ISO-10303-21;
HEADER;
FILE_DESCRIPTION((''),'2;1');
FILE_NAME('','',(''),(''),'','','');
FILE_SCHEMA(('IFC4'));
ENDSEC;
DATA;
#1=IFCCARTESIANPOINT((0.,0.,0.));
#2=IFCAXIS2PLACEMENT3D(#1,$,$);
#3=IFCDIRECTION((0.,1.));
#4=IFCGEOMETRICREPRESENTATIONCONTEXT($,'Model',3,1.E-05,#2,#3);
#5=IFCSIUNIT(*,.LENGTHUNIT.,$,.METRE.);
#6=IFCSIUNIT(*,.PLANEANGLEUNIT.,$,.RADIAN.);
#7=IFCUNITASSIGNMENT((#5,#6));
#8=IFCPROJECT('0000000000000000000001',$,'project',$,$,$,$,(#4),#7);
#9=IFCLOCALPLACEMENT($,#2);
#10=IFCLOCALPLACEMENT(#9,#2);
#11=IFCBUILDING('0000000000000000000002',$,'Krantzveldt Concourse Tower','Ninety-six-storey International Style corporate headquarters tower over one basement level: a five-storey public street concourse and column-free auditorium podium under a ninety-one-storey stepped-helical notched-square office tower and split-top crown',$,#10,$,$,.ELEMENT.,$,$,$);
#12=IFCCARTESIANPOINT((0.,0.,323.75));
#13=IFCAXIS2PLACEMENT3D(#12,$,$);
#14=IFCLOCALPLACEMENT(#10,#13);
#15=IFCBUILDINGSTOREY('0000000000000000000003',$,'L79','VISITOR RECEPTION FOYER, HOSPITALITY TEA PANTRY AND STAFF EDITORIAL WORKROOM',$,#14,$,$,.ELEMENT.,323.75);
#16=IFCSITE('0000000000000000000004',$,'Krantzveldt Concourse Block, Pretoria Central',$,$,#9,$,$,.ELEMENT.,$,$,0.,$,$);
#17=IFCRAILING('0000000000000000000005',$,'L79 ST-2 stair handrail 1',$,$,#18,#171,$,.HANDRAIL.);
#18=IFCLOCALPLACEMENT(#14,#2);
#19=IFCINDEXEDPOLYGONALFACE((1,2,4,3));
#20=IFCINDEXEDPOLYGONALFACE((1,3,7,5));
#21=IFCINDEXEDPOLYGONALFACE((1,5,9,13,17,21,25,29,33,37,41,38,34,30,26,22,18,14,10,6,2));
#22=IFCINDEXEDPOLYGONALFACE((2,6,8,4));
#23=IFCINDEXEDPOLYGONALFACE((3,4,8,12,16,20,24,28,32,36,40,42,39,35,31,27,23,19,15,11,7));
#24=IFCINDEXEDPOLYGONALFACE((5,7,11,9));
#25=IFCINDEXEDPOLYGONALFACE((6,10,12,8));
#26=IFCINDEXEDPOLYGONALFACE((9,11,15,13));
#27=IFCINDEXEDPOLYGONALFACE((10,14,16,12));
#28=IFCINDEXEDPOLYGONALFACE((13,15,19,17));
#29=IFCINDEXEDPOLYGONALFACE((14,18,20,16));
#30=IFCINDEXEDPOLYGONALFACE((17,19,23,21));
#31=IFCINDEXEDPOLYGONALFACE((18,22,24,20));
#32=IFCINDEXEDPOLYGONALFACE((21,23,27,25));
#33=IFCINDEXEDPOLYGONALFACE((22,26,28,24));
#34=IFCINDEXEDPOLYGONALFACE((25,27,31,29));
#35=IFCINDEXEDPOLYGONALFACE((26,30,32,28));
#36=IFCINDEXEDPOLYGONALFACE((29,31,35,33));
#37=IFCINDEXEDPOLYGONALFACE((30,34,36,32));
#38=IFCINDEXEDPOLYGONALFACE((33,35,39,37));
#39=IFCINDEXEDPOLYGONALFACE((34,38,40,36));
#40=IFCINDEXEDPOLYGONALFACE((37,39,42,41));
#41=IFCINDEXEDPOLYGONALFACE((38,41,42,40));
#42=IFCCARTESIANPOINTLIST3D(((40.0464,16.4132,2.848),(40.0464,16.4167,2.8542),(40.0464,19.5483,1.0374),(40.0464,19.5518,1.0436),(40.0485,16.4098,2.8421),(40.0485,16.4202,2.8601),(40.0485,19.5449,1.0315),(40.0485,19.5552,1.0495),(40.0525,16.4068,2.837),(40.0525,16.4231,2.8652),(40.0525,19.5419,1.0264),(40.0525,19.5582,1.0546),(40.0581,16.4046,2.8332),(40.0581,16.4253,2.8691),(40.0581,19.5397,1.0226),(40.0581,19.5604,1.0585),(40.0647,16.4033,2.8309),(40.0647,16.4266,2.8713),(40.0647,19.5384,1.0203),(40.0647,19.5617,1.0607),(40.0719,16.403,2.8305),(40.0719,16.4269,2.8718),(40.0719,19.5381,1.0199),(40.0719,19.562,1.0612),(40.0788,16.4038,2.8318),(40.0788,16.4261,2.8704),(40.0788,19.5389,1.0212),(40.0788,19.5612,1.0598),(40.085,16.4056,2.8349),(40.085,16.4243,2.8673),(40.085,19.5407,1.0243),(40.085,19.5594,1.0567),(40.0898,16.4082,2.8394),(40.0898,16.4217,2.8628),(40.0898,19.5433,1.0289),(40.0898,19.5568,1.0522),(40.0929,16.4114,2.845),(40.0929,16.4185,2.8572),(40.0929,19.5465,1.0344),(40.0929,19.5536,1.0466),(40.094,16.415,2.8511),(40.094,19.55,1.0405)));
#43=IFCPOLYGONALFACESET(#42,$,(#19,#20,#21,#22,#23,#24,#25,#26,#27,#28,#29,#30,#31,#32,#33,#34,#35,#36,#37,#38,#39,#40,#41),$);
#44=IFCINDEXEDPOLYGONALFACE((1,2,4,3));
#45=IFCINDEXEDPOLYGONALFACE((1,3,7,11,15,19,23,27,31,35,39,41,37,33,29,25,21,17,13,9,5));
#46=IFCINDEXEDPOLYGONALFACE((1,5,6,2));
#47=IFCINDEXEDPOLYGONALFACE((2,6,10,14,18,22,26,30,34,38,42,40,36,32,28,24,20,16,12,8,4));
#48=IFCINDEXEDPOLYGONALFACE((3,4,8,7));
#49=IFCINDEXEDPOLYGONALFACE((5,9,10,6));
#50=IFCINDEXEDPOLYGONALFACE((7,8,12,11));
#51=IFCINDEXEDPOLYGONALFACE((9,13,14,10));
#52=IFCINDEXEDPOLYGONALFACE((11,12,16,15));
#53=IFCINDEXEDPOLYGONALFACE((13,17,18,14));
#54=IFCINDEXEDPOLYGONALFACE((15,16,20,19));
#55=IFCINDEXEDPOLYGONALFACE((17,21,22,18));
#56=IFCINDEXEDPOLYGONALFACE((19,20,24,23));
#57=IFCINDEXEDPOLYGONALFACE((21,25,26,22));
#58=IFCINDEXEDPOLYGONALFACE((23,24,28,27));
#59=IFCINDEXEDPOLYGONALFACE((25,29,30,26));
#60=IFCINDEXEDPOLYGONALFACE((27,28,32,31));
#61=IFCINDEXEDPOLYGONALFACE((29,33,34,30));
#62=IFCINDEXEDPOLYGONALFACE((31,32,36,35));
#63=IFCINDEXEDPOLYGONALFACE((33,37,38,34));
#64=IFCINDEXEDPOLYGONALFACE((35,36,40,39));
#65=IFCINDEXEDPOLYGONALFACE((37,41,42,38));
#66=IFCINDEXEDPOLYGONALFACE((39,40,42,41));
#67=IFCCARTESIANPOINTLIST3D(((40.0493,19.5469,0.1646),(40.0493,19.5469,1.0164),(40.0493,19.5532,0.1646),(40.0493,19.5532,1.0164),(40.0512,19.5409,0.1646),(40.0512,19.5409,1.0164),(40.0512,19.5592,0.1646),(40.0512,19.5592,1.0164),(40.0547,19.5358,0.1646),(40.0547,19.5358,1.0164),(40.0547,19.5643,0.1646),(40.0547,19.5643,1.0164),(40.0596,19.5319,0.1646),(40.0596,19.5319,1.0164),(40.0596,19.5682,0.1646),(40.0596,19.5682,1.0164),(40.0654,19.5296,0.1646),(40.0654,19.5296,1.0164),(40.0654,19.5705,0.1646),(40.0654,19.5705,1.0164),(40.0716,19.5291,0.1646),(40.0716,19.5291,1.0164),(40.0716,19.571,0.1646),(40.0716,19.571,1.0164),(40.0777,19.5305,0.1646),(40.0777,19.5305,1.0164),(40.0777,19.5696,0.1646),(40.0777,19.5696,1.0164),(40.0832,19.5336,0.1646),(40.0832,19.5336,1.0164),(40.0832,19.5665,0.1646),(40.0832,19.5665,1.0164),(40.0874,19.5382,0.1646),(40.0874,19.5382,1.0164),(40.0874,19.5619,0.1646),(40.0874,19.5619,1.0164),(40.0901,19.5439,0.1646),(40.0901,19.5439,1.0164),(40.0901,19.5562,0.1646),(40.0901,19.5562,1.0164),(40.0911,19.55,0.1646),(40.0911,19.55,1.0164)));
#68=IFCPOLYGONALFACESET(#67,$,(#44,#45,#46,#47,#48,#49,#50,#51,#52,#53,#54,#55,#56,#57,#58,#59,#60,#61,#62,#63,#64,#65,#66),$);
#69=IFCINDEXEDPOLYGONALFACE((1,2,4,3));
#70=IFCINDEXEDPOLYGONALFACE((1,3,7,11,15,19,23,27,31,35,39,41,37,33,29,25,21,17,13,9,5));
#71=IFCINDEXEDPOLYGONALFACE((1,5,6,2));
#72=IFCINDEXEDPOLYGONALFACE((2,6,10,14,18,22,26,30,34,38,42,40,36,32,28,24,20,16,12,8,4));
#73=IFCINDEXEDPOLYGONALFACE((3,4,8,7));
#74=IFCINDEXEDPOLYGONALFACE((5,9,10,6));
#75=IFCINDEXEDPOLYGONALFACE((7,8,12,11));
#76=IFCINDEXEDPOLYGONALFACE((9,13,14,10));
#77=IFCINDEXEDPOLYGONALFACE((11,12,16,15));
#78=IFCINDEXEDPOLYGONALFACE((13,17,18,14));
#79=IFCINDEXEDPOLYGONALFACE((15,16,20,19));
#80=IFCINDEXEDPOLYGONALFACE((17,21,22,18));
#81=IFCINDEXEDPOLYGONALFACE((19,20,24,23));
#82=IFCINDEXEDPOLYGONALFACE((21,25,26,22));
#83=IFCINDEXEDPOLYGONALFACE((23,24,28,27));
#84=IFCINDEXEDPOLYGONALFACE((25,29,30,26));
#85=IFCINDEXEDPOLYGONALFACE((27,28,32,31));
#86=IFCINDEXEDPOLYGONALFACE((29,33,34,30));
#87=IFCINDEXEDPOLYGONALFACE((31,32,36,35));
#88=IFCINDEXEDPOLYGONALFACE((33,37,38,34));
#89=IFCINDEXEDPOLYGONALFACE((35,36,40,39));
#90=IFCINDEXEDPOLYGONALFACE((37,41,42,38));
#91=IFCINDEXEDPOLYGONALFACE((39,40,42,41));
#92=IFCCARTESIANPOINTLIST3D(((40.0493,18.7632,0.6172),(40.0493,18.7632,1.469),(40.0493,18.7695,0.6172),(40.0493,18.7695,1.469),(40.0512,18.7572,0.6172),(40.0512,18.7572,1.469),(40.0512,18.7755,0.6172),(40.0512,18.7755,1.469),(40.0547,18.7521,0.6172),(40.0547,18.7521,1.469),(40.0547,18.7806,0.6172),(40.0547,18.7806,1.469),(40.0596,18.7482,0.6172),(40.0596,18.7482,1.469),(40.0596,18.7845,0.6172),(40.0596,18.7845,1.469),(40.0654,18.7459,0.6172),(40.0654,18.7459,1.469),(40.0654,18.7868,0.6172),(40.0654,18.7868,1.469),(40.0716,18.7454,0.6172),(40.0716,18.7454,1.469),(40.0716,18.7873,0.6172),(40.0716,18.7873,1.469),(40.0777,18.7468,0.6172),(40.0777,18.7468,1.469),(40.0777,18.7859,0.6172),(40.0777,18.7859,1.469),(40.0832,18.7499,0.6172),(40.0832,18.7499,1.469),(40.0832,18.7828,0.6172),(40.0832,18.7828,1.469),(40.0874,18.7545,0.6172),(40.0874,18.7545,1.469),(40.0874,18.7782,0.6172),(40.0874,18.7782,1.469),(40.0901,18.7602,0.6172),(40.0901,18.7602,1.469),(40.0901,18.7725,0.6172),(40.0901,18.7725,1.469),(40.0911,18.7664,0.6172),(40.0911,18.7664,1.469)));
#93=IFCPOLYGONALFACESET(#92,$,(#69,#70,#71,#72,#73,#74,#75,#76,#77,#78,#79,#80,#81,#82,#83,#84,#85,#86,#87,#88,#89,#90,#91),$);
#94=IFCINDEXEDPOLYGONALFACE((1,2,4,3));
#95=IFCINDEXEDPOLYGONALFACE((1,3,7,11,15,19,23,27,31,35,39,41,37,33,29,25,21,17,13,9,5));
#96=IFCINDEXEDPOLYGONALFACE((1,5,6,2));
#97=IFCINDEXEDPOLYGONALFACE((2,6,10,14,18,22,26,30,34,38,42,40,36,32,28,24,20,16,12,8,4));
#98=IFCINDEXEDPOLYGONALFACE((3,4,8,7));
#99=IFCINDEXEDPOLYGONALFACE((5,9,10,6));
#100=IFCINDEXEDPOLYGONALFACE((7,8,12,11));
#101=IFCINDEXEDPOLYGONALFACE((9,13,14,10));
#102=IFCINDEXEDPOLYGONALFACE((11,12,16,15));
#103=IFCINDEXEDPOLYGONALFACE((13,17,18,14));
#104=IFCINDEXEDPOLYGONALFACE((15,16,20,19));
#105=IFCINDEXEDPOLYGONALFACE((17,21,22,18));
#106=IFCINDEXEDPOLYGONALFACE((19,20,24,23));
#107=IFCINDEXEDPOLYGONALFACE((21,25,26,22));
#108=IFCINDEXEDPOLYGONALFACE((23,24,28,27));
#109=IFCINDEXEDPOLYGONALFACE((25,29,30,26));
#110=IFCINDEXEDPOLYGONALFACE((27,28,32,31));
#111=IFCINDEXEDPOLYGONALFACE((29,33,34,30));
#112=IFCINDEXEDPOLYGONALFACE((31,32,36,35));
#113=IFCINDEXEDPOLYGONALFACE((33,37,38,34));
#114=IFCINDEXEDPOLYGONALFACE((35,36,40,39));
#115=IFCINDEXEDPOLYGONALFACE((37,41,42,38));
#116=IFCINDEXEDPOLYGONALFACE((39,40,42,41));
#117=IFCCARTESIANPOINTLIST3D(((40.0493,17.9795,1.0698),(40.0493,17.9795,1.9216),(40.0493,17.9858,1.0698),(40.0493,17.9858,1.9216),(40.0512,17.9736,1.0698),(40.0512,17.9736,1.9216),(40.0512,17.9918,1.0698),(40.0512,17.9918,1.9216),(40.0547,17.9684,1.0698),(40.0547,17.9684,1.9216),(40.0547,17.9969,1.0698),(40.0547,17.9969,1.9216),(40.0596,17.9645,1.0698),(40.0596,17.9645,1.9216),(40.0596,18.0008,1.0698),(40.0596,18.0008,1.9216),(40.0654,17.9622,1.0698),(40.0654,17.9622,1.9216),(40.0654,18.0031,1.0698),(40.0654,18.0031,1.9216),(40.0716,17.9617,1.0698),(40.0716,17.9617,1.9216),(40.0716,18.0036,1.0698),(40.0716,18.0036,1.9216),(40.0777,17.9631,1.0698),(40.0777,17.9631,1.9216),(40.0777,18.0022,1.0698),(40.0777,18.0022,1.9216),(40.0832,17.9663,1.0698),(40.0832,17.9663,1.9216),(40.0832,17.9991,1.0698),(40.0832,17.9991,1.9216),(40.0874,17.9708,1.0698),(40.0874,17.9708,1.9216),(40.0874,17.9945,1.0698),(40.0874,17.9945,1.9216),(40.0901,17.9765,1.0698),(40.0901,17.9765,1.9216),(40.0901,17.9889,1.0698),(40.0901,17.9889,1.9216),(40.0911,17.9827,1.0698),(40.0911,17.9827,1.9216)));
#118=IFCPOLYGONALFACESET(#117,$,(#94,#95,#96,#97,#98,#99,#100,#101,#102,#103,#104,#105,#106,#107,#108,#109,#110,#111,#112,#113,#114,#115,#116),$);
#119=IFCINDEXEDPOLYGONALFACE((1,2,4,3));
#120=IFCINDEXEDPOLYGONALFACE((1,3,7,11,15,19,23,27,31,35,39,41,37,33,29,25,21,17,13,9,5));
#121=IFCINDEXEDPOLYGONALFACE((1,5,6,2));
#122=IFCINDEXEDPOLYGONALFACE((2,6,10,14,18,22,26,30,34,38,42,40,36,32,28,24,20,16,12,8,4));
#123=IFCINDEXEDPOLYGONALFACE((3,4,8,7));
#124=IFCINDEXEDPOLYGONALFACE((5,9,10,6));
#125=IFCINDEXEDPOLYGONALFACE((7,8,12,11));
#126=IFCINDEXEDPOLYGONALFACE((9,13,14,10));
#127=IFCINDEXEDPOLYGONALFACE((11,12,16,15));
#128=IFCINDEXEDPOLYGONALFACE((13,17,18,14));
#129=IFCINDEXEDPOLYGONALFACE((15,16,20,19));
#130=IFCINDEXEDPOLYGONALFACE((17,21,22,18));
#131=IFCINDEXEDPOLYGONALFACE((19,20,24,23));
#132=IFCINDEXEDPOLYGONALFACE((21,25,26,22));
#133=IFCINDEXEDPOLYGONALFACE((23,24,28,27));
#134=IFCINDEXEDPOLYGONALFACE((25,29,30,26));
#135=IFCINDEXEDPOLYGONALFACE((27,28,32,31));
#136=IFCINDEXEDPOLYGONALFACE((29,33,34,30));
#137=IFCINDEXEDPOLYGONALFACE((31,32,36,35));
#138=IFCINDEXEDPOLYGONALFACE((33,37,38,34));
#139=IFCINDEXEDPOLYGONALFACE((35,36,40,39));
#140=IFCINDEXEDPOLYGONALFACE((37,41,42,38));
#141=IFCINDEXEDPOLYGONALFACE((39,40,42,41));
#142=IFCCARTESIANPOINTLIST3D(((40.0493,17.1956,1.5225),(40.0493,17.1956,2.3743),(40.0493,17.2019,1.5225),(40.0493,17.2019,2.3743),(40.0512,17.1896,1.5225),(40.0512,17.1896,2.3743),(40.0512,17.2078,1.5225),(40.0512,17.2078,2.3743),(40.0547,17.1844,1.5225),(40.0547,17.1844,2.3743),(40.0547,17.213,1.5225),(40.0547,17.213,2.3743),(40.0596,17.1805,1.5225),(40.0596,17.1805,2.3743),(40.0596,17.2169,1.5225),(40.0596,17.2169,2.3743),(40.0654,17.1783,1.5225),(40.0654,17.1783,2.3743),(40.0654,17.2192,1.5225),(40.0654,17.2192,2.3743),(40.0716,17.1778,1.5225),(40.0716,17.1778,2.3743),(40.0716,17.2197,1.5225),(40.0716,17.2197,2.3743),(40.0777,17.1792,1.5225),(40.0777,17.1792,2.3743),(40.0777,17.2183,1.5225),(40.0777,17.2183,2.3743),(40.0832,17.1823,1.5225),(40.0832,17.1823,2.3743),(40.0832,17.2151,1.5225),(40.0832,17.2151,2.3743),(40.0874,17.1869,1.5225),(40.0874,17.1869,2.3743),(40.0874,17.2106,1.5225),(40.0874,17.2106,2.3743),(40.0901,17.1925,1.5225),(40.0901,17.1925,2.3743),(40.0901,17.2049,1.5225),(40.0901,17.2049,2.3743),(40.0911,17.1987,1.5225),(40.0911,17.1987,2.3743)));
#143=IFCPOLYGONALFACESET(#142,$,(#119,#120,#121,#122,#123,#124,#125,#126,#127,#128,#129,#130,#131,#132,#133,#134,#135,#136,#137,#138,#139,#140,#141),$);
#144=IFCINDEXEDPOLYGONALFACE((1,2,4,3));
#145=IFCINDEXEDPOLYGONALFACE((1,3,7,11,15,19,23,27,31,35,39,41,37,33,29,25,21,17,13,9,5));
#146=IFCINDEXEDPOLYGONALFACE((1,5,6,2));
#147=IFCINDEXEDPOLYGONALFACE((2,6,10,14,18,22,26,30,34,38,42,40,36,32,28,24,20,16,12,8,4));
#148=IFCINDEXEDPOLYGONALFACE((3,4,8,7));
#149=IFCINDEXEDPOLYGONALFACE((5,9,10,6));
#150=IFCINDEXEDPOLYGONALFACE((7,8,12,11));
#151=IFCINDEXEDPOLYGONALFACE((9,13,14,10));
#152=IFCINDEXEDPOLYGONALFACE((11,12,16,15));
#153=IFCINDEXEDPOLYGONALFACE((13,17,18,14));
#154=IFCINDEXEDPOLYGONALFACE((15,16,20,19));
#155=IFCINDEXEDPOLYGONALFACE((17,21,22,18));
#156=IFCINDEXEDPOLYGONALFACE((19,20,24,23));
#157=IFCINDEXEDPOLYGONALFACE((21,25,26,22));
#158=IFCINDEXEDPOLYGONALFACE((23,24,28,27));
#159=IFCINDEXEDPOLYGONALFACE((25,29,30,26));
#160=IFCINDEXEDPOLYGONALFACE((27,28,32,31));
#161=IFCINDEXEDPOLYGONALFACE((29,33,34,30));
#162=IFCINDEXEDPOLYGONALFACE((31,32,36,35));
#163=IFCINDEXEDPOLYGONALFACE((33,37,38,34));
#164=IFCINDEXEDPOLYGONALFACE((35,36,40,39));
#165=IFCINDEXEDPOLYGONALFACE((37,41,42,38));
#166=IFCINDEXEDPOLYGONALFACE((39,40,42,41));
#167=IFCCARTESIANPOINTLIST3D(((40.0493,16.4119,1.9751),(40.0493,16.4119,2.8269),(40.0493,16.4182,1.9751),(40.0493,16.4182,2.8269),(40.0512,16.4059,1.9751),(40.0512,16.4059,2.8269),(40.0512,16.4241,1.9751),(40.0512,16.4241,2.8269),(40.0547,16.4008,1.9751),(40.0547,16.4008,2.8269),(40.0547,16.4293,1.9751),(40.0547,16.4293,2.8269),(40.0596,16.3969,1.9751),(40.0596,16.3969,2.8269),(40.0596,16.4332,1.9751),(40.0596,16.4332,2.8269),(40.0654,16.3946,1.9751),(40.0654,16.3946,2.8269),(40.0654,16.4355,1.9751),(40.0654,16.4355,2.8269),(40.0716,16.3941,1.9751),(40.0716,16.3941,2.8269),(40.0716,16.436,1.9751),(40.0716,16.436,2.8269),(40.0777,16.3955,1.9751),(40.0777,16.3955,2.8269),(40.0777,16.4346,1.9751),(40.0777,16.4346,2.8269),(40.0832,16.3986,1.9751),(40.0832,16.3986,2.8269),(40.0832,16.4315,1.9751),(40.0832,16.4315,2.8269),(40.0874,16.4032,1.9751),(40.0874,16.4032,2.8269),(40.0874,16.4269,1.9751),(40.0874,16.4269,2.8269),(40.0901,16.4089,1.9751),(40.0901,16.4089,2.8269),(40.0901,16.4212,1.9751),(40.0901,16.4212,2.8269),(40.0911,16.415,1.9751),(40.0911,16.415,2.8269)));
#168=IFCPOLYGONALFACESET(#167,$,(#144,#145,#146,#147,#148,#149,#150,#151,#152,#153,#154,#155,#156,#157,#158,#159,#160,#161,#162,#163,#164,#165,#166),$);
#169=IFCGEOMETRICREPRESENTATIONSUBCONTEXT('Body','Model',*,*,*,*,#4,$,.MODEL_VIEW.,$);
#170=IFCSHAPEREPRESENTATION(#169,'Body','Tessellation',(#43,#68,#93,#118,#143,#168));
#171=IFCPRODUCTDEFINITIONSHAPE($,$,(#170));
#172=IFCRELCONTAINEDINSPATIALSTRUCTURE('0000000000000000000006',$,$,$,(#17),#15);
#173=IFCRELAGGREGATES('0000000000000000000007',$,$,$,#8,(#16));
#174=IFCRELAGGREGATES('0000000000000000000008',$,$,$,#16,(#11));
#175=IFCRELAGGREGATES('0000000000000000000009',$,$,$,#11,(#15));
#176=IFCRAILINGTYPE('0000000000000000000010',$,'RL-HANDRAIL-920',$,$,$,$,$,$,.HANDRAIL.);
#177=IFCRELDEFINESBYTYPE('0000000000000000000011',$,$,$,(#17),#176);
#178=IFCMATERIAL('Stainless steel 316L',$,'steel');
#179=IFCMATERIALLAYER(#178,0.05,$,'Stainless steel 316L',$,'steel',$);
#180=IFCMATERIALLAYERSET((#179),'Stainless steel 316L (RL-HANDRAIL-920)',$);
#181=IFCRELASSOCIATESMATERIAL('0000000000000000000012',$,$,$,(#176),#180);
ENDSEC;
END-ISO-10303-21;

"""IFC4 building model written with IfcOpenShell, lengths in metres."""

from ifc_helpers import new_model, si_unit, direction, frame, origin, origin_2d, place, context, subcontext, project, spatial, circle, extrude, material, layer, layer_set, type_object, element, save


model = new_model("IFC4")

# Units and contexts
model_context = context("Model", 3, precision=1e-05, world=origin(), true_north=direction((0.0, 1.0)))
body_context = subcontext(model_context, "Body", "Model", "MODEL_VIEW")
ifc_project = project(units=[si_unit("LENGTHUNIT", "METRE"), si_unit("PLANEANGLEUNIT", "RADIAN")], contexts=[model_context])

# Site, building, storey
site_placement = place(None, origin())
site = spatial("IfcSite", under=ifc_project, at=site_placement, Name="Krantzveldt Concourse Block, Pretoria Central", CompositionType="ELEMENT", RefElevation=0.0)
building_placement = place(site_placement, origin())
building = spatial("IfcBuilding", under=site, at=building_placement, Name="Krantzveldt Concourse Tower", Description="Ninety-six-storey International Style corporate headquarters tower over one basement level: a five-storey public street concourse and column-free auditorium podium under a ninety-one-storey stepped-helical notched-square office tower and split-top crown", CompositionType="ELEMENT")
storey_placement = place(building_placement, frame((0.0, 0.0, 323.75)))
storey = spatial("IfcBuildingStorey", under=building, at=storey_placement, Name="L79", Description="VISITOR RECEPTION FOYER, HOSPITALITY TEA PANTRY AND STAFF EDITORIAL WORKROOM", CompositionType="ELEMENT", Elevation=323.75)

# Shared definitions
ifc_material_1 = material(Name="Stainless steel 316L", Category="steel")

# Railing
ifc_layer_1 = layer(ifc_material_1, 0.05, Name="Stainless steel 316L", Category="steel")
ifc_layer_set_1 = layer_set([ifc_layer_1], Name="Stainless steel 316L (RL-HANDRAIL-920)")
railing_type_1 = type_object("IfcRailingType", Name="RL-HANDRAIL-920", PredefinedType="HANDRAIL", material=ifc_layer_set_1)
railing_1_placement = place(storey_placement, frame((40.0701, 19.55, 0.1646)))
element("IfcRailing", 1, at=railing_1_placement, inside=storey, type_object=railing_type_1, Name="L79 ST-2 stair handrail 1", PredefinedType="HANDRAIL", context=body_context, shape_type="SweptSolid", body=[
    extrude(circle(Radius=0.0239, at=origin_2d()), frame((0.0, 0.0, 0.876), z_axis=(0.0, -0.86596, 0.500114), x_axis=(1.0, 0.0, 0.0)), (0.0, 0.0, 1.0), 3.6204),
    extrude(circle(Radius=0.021, at=origin_2d()), origin(), (0.0, 0.0, 1.0), 0.8518),
    extrude(circle(Radius=0.021, at=origin_2d()), frame((0.0, -0.7837, 0.4526)), (0.0, 0.0, 1.0), 0.8518),
    extrude(circle(Radius=0.021, at=origin_2d()), frame((0.0, -1.5674, 0.9053)), (0.0, 0.0, 1.0), 0.8518),
    extrude(circle(Radius=0.021, at=origin_2d()), frame((0.0, -2.3513, 1.3579)), (0.0, 0.0, 1.0), 0.8518),
    extrude(circle(Radius=0.021, at=origin_2d()), frame((0.0, -3.135, 1.8105)), (0.0, 0.0, 1.0), 0.8518),
])

save(model, "model.ifc")
